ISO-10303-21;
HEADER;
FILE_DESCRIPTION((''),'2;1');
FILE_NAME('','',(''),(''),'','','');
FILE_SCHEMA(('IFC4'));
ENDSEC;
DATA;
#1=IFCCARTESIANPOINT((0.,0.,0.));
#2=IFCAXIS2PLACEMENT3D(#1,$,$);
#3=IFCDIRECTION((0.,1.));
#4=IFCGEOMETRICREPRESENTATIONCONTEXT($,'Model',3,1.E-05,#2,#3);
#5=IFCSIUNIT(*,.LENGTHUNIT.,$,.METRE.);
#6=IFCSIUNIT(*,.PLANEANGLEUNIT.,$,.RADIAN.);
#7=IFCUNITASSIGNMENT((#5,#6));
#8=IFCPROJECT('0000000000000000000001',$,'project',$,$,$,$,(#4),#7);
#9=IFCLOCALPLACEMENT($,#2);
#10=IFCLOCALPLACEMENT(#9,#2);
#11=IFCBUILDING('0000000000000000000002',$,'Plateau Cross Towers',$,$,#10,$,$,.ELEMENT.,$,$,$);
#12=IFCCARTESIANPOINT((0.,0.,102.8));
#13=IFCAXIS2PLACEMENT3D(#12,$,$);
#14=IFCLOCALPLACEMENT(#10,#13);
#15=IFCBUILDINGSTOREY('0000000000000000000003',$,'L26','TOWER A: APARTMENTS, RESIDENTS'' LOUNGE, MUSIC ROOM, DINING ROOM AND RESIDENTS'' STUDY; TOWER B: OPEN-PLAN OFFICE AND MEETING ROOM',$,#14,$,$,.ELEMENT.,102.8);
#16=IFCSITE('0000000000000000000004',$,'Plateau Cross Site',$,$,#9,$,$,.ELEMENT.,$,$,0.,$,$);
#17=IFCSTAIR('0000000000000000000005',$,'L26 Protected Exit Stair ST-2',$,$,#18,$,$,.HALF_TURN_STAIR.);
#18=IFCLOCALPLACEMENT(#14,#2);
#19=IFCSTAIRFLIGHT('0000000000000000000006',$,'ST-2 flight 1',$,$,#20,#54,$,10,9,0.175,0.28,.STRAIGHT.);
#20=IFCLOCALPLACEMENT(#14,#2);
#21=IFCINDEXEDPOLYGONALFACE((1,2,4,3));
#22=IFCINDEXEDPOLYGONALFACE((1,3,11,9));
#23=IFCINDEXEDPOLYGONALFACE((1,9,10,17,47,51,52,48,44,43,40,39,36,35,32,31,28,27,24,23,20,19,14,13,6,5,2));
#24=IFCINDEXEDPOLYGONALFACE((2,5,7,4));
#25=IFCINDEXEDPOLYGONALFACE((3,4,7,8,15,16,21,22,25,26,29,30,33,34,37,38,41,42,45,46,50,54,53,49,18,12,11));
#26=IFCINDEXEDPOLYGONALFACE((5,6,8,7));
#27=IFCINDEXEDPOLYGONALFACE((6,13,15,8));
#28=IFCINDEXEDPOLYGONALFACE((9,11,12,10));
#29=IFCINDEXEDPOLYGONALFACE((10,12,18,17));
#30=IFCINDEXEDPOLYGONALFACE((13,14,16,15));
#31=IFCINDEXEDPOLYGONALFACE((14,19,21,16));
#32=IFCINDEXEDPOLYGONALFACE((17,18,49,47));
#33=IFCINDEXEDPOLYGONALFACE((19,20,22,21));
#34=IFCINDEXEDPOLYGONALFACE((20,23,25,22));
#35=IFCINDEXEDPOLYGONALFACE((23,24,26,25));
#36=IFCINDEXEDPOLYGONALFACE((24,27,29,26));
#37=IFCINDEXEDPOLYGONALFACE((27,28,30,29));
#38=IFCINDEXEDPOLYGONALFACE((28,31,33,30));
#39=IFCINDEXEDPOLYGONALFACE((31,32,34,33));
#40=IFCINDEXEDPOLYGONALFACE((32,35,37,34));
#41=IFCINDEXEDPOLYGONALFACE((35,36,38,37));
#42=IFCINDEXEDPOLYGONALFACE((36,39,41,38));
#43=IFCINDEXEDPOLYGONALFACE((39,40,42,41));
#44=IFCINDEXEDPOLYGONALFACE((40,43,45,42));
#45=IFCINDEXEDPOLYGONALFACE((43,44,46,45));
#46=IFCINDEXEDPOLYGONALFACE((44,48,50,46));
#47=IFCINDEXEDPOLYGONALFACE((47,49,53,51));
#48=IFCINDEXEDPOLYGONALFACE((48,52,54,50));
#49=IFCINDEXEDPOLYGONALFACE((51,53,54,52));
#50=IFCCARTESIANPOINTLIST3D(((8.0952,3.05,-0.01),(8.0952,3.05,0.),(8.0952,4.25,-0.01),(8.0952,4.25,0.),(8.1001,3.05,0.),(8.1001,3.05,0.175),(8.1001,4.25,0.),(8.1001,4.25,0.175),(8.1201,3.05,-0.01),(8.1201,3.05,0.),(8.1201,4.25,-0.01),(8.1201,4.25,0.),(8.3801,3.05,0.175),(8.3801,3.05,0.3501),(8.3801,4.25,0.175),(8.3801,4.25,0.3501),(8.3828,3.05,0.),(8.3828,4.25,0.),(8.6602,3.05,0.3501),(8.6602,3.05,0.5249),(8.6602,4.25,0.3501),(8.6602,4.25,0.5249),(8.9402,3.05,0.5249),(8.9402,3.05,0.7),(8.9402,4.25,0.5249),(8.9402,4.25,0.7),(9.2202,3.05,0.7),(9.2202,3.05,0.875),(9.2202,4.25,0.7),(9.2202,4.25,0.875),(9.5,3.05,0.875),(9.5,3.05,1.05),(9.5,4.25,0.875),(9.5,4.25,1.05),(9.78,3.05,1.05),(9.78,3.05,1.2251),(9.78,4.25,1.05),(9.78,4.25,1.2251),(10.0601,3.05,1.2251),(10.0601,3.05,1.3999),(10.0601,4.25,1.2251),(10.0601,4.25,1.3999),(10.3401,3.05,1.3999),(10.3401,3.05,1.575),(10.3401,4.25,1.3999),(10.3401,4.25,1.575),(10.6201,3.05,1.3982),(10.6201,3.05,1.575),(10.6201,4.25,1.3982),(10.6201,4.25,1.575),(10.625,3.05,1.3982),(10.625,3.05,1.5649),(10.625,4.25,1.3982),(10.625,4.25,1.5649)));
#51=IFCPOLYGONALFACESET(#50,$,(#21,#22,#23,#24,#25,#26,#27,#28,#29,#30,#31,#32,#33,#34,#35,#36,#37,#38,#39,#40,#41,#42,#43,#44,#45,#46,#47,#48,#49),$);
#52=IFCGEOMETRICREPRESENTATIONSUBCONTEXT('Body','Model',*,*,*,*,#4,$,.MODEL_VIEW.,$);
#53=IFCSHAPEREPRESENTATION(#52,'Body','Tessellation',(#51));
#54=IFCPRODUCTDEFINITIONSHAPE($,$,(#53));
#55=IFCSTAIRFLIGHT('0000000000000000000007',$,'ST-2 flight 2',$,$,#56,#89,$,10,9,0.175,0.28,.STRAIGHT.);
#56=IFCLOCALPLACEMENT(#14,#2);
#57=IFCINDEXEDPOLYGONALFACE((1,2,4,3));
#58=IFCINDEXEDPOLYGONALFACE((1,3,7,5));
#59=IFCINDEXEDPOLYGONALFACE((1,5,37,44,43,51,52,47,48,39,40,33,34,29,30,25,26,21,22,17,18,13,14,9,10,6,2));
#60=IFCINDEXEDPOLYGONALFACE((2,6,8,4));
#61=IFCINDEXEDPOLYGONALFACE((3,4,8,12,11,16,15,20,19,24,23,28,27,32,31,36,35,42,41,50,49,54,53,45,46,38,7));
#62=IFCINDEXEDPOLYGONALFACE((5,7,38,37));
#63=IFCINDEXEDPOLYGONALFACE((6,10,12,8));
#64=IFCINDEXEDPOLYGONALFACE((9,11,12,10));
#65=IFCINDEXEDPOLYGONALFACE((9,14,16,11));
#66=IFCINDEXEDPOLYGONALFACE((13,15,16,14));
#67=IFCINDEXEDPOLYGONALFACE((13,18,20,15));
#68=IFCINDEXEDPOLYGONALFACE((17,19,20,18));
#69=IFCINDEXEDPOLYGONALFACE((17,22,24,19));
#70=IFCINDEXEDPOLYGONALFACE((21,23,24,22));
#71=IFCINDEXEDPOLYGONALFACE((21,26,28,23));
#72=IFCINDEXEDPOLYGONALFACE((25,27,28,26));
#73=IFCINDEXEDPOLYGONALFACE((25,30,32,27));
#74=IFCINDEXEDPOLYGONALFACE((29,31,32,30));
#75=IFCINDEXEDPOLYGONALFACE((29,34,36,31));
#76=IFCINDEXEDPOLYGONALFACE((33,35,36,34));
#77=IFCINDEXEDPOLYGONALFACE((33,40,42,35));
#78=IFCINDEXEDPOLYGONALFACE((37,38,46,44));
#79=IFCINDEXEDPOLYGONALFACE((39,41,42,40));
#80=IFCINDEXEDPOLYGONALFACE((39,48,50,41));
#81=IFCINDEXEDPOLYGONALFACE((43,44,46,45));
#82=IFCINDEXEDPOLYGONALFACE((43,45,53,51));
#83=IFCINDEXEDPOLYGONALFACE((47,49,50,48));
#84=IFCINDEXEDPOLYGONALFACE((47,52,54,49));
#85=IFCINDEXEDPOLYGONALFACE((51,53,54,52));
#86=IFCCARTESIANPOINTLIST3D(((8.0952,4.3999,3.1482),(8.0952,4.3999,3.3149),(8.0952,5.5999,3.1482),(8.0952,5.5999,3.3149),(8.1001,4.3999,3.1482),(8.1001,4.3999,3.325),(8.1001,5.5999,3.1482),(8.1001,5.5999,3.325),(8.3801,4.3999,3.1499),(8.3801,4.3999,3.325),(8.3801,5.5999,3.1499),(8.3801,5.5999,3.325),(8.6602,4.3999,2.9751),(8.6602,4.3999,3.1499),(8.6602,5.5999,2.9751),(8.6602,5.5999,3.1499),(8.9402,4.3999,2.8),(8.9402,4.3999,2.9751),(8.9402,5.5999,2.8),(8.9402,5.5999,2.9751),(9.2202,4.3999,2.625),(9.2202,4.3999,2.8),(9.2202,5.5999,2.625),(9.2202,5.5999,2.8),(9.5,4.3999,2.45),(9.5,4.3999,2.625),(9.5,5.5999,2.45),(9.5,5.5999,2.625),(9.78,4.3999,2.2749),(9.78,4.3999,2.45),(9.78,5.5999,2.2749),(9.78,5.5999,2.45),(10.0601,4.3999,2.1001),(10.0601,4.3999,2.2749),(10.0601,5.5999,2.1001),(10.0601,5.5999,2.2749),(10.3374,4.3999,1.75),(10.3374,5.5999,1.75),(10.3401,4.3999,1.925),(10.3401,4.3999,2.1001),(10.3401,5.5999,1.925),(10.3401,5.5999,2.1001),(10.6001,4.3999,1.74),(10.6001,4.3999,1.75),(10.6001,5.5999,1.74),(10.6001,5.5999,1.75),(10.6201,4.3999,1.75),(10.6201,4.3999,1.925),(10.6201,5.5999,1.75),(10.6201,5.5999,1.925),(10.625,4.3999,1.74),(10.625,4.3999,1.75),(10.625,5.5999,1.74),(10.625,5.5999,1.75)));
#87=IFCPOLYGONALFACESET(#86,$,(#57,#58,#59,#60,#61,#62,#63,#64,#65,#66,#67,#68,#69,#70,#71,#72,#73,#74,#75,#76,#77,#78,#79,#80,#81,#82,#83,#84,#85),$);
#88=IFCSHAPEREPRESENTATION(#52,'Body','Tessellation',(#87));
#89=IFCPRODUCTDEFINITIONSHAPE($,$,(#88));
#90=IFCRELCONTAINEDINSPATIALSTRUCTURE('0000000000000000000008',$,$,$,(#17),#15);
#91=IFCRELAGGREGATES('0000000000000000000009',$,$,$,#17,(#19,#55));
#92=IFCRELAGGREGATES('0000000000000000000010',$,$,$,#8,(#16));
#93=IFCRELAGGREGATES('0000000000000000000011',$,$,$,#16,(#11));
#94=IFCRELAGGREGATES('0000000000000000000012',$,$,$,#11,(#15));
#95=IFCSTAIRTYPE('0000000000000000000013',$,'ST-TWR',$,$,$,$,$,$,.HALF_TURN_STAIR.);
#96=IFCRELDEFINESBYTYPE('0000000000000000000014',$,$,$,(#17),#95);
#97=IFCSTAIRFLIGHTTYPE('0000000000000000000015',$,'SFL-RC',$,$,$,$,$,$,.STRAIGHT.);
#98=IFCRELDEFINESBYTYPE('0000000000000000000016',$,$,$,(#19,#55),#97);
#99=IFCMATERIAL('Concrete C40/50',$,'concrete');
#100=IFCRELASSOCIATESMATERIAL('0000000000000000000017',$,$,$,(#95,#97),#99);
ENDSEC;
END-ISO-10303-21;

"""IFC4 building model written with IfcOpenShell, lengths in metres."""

from ifc_helpers import new_model, si_unit, direction, frame, origin, place, context, subcontext, project, spatial, polyline, outline, extrude, material, type_object, element, aggregate, save


model = new_model("IFC4")

# Units and contexts
model_context = context("Model", 3, precision=1e-05, world=origin(), true_north=direction((0.0, 1.0)))
body_context = subcontext(model_context, "Body", "Model", "MODEL_VIEW")
ifc_project = project(units=[si_unit("LENGTHUNIT", "METRE"), si_unit("PLANEANGLEUNIT", "RADIAN")], contexts=[model_context])

# Site, building, storey
site_placement = place(None, origin())
site = spatial("IfcSite", under=ifc_project, at=site_placement, Name="Plateau Cross Site", CompositionType="ELEMENT", RefElevation=0.0)
building_placement = place(site_placement, origin())
building = spatial("IfcBuilding", under=site, at=building_placement, Name="Plateau Cross Towers", CompositionType="ELEMENT")
storey_placement = place(building_placement, frame((0.0, 0.0, 102.8)))
storey = spatial("IfcBuildingStorey", under=building, at=storey_placement, Name="L26", Description="TOWER A: APARTMENTS, RESIDENTS' LOUNGE, MUSIC ROOM, DINING ROOM AND RESIDENTS' STUDY; TOWER B: OPEN-PLAN OFFICE AND MEETING ROOM", CompositionType="ELEMENT", Elevation=102.8)

# Stair, stair flights
ifc_material_1 = material(Name="Concrete C40/50", Category="concrete")
stair_type = type_object("IfcStairType", Name="ST-TWR", PredefinedType="HALF_TURN_STAIR", material=ifc_material_1)
stair_placement = place(storey_placement, origin())
stair = element("IfcStair", 1, at=stair_placement, inside=storey, type_object=stair_type, Name="L26 Protected Exit Stair ST-2", PredefinedType="HALF_TURN_STAIR")
stair_flight_type = type_object("IfcStairFlightType", Name="SFL-RC", PredefinedType="STRAIGHT", material=ifc_material_1)
stair_flight_1_placement = place(storey_placement, frame((8.1001, 3.6499, 0.0), z_axis=(0.0, 0.0, 1.0), x_axis=(1.0, 0.0, 0.0)))
stair_flight_1 = element("IfcStairFlight", 2, at=stair_flight_1_placement, type_object=stair_flight_type, Name="ST-2 flight 1", NumberOfRisers=10, NumberOfTreads=9, PredefinedType="STRAIGHT", RiserHeight=0.175, TreadLength=0.28, context=body_context, shape_type="SweptSolid", body=[
    extrude(outline(polyline([(-0.0049, -0.01), (-0.0049, 0.0), (0.0, 0.0), (0.0, 0.175), (0.28, 0.175), (0.28, 0.3501), (0.5601, 0.3501), (0.5601, 0.5249), (0.8401, 0.5249), (0.8401, 0.7), (1.1201, 0.7), (1.1201, 0.875), (1.3999, 0.875), (1.3999, 1.05), (1.6799, 1.05), (1.6799, 1.2251), (1.96, 1.2251), (1.96, 1.3999), (2.24, 1.3999), (2.24, 1.575), (2.52, 1.575), (2.5249, 1.5649), (2.5249, 1.3982), (2.52, 1.3982), (0.2827, 0.0), (0.02, 0.0), (0.02, -0.01), (-0.0049, -0.01)])), frame((0.0, 0.6001, 0.0), z_axis=(0.0, -1.0, 0.0), x_axis=(1.0, 0.0, 0.0)), (0.0, 0.0, 1.0), 1.2),
])
stair_flight_2_placement = place(storey_placement, frame((10.6201, 5.0, 1.75), z_axis=(0.0, 0.0, 1.0), x_axis=(-1.0, 0.0, 0.0)))
stair_flight_2 = element("IfcStairFlight", 3, at=stair_flight_2_placement, type_object=stair_flight_type, Name="ST-2 flight 2", NumberOfRisers=10, NumberOfTreads=9, PredefinedType="STRAIGHT", RiserHeight=0.175, TreadLength=0.28, context=body_context, shape_type="SweptSolid", body=[
    extrude(outline(polyline([(-0.0049, -0.01), (-0.0049, 0.0), (0.0, 0.0), (0.0, 0.175), (0.28, 0.175), (0.28, 0.3501), (0.5601, 0.3501), (0.5601, 0.5249), (0.8401, 0.5249), (0.8401, 0.7), (1.1201, 0.7), (1.1201, 0.875), (1.3999, 0.875), (1.3999, 1.05), (1.6799, 1.05), (1.6799, 1.2251), (1.96, 1.2251), (1.96, 1.3999), (2.24, 1.3999), (2.24, 1.575), (2.52, 1.575), (2.5249, 1.5649), (2.5249, 1.3982), (2.52, 1.3982), (0.2827, 0.0), (0.02, 0.0), (0.02, -0.01), (-0.0049, -0.01)])), frame((0.0, 0.6001, 0.0), z_axis=(0.0, -1.0, 0.0), x_axis=(1.0, 0.0, 0.0)), (0.0, 0.0, 1.0), 1.2),
])
aggregate(stair, [stair_flight_1, stair_flight_2])

save(model, "model.ifc")
